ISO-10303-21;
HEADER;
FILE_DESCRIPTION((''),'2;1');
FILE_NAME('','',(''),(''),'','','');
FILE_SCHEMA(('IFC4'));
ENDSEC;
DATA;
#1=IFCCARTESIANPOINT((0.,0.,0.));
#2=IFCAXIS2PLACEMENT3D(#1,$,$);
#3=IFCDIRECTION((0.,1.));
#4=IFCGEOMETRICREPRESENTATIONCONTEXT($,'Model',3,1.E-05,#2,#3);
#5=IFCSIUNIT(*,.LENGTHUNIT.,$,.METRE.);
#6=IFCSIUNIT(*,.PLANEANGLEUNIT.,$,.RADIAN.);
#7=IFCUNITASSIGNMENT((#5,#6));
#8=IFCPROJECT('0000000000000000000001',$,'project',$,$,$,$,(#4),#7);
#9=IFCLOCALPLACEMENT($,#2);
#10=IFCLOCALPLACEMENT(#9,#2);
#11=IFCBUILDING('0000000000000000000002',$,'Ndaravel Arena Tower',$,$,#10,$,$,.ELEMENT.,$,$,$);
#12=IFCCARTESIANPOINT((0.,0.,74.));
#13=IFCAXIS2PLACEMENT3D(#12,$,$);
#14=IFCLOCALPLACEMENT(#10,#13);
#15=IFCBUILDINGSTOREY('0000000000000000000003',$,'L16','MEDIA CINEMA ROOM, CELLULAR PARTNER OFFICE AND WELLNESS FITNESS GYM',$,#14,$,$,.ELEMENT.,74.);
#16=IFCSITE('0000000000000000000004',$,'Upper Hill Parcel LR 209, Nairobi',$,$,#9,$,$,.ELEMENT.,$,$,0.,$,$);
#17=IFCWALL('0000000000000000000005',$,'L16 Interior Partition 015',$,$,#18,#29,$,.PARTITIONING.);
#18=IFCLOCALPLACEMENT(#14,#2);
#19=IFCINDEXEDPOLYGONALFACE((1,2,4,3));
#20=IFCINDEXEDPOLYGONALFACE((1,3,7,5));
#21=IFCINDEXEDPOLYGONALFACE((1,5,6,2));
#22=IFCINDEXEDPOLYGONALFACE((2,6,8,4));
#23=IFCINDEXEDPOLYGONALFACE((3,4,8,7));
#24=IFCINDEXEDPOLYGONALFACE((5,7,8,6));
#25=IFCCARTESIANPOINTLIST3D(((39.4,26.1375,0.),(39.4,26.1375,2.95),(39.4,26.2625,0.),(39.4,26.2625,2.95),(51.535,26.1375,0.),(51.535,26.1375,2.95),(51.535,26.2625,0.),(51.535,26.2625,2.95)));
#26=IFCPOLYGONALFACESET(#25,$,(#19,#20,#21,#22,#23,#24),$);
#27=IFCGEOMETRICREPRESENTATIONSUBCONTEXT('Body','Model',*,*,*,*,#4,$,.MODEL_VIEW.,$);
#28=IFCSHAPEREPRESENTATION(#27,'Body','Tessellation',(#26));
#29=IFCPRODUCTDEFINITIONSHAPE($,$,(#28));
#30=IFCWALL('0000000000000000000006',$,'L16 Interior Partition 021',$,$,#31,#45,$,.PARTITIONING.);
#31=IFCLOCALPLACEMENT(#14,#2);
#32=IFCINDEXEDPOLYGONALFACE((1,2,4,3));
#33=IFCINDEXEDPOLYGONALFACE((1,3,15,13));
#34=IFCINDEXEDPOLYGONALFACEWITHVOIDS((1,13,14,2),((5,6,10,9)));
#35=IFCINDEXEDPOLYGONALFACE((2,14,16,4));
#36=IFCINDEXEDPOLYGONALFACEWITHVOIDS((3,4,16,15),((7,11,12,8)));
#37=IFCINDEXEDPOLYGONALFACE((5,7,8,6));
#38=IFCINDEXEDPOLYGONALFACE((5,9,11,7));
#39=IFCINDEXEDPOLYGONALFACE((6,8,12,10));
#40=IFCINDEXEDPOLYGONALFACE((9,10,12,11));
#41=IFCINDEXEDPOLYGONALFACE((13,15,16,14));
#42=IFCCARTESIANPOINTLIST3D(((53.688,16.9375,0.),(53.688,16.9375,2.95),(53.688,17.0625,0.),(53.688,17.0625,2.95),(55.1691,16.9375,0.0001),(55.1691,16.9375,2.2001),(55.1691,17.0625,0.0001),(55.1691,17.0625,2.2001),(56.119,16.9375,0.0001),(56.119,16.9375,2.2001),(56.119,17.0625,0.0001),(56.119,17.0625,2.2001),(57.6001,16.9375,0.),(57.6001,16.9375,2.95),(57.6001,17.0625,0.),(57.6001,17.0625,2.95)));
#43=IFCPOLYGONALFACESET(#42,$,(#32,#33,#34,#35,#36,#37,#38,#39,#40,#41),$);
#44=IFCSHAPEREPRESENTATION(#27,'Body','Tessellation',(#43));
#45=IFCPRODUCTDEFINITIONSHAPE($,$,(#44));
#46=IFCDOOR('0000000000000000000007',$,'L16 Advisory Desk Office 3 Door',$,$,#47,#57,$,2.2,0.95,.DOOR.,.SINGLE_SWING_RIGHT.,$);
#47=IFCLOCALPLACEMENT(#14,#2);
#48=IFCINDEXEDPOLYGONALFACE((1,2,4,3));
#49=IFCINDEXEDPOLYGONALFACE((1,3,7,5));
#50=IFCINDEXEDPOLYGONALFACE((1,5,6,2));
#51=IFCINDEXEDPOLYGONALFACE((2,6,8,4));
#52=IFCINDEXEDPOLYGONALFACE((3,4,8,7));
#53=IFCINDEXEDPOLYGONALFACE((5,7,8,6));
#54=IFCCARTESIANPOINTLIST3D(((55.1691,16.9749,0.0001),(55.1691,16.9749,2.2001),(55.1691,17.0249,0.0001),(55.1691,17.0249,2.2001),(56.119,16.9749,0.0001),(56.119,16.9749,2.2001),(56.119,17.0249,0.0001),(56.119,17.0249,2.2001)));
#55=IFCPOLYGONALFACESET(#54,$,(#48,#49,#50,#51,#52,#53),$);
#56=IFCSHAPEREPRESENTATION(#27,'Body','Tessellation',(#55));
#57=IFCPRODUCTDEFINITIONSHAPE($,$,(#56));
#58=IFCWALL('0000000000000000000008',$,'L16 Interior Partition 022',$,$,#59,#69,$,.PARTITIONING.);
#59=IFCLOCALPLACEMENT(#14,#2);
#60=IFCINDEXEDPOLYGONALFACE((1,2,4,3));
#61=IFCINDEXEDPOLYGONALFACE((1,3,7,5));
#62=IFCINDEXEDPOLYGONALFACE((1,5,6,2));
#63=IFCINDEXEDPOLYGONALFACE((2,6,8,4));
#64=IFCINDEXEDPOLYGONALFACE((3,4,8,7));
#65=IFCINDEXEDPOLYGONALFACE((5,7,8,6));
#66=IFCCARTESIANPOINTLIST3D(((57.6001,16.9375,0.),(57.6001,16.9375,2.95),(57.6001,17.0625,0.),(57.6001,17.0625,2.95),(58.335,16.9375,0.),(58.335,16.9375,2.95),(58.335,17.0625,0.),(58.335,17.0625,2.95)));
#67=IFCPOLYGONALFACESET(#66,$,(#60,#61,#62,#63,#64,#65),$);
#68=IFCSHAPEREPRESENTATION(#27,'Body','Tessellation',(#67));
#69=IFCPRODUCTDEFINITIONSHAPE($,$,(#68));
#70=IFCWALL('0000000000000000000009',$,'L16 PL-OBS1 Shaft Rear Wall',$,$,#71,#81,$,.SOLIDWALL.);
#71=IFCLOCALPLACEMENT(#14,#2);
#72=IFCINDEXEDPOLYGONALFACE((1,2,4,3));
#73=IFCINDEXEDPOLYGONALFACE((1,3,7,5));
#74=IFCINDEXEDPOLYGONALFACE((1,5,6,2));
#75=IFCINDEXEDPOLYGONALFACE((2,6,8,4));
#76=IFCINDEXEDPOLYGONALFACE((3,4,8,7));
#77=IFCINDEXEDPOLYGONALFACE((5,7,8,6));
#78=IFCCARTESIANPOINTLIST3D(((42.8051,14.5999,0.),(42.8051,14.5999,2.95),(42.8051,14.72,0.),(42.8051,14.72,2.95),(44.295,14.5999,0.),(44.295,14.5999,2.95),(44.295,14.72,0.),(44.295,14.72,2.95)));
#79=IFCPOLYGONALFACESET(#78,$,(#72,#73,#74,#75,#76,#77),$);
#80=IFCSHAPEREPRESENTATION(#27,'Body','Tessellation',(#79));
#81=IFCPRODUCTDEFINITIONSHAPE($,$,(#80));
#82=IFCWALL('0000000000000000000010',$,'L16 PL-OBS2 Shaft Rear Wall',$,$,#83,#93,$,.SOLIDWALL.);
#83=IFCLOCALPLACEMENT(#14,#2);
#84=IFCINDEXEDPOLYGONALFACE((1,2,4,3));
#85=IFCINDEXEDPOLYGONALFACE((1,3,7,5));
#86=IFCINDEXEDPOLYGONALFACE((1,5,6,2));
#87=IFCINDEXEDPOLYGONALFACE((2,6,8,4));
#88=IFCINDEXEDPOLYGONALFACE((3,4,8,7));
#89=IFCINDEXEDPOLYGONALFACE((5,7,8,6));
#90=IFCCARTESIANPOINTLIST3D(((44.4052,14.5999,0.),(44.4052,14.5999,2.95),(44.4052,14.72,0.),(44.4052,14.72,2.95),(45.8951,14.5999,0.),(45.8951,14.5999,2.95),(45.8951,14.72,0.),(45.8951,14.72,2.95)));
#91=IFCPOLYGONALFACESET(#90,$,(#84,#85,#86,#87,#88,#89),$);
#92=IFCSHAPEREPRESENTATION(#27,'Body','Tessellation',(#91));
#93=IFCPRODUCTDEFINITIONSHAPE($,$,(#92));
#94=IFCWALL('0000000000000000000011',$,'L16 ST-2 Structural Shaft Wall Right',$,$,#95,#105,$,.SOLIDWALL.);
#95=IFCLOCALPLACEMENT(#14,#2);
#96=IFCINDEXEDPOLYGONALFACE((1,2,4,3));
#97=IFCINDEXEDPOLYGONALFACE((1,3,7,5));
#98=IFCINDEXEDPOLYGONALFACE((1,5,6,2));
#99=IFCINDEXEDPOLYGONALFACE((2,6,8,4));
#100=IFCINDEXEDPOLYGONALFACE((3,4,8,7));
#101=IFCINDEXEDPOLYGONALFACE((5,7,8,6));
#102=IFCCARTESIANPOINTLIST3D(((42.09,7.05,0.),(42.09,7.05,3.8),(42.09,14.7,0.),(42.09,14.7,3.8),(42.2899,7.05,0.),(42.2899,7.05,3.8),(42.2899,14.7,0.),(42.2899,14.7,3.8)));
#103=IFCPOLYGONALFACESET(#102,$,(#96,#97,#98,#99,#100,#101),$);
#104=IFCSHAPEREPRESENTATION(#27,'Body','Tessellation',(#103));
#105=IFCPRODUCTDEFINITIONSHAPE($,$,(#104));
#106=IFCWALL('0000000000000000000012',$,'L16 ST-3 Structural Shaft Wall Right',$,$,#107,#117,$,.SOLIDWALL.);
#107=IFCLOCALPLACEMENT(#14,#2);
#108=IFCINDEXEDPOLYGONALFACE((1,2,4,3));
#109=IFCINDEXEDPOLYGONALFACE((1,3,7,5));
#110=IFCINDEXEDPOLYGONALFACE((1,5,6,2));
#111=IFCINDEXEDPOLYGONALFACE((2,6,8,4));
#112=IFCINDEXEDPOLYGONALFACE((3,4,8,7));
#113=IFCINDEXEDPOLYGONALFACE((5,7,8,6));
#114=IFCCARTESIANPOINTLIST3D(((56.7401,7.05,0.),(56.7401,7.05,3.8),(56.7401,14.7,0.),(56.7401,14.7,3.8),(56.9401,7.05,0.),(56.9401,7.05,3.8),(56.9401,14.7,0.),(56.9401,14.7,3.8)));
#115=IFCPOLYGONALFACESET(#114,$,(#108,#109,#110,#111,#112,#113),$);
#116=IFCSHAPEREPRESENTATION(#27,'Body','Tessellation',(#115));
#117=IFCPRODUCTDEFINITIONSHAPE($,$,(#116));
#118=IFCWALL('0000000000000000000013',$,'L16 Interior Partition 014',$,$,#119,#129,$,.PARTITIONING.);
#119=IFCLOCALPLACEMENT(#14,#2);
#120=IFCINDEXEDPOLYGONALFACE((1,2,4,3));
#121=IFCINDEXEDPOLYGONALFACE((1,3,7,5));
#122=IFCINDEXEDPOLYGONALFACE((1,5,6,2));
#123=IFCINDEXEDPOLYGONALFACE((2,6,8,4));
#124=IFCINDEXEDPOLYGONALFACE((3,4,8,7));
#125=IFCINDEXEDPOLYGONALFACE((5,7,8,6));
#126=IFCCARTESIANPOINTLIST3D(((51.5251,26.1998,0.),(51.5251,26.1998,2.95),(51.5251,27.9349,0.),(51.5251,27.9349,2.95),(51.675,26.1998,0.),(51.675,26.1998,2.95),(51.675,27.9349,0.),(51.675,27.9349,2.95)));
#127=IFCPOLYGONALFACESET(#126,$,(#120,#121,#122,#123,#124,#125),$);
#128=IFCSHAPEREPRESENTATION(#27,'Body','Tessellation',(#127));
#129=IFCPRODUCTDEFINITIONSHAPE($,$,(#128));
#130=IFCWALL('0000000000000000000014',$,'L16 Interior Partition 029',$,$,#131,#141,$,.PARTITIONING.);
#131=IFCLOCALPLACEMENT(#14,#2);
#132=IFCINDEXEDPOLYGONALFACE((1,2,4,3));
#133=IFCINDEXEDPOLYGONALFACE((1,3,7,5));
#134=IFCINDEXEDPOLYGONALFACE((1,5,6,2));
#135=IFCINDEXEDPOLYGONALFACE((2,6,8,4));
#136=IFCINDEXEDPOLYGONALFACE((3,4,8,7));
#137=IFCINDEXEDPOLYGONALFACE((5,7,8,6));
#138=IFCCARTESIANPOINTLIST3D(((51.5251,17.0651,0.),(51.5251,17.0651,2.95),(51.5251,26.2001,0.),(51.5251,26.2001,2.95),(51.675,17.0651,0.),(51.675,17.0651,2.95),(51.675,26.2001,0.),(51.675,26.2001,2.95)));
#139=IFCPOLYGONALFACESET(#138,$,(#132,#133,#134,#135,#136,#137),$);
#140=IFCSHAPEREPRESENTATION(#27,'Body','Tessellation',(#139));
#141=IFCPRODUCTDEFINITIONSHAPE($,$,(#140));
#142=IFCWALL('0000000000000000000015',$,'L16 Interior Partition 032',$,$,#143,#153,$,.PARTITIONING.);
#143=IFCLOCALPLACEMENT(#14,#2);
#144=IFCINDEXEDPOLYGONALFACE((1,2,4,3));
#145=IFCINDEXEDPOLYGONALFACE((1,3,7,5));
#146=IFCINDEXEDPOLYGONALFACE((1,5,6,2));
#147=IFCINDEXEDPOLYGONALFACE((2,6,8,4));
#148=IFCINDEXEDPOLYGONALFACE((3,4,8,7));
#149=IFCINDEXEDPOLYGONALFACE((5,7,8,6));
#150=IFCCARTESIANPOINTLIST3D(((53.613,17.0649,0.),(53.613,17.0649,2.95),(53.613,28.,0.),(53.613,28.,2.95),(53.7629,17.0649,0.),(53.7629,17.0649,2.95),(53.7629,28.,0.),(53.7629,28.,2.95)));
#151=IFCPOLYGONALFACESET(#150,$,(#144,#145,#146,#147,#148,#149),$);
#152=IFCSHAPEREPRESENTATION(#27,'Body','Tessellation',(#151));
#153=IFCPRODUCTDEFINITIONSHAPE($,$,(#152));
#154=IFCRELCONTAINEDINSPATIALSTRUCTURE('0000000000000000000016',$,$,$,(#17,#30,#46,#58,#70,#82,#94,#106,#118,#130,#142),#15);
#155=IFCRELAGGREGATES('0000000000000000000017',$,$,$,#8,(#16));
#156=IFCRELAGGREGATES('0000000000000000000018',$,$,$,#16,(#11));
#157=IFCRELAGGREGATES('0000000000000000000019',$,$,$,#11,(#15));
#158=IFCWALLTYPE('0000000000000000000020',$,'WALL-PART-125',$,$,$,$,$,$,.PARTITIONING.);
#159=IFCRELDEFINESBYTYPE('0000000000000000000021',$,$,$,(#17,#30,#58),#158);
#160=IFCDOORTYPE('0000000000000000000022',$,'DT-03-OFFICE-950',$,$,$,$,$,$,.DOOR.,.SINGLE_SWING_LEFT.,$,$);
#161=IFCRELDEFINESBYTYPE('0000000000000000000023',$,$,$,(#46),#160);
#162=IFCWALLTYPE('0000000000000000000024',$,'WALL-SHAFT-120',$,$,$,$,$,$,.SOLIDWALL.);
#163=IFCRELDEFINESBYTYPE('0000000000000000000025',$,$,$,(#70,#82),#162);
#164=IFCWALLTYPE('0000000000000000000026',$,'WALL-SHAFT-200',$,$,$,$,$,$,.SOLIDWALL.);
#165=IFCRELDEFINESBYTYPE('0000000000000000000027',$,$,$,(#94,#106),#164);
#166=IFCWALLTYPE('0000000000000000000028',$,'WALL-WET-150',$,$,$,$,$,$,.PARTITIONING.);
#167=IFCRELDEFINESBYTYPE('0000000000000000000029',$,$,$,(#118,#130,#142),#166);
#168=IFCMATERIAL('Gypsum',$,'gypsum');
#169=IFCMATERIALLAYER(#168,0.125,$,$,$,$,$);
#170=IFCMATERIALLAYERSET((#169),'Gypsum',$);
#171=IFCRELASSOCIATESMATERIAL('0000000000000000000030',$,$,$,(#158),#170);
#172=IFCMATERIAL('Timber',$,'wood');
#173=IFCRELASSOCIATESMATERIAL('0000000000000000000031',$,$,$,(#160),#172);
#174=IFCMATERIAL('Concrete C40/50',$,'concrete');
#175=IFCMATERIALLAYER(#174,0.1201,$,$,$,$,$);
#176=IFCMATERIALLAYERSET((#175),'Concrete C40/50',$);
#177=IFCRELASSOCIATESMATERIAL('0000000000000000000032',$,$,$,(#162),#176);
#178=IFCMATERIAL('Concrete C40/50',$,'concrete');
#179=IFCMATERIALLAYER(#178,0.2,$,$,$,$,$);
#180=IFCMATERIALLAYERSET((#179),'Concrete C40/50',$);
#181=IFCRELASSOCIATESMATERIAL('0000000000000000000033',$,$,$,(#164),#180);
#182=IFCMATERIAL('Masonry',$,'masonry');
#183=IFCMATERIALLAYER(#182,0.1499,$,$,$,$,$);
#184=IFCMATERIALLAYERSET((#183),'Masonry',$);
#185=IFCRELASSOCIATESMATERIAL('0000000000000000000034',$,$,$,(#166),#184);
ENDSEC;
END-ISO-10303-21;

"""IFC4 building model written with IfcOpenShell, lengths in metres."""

from ifc_helpers import new_model, si_unit, direction, frame, frame_2d, origin, place, context, subcontext, project, spatial, rectangle, extrude, material, layer, layer_set, type_object, element, fill, save


model = new_model("IFC4")

# Units and contexts
model_context = context("Model", 3, precision=1e-05, world=origin(), true_north=direction((0.0, 1.0)))
body_context = subcontext(model_context, "Body", "Model", "MODEL_VIEW")
ifc_project = project(units=[si_unit("LENGTHUNIT", "METRE"), si_unit("PLANEANGLEUNIT", "RADIAN")], contexts=[model_context])

# Site, building, storey
site_placement = place(None, origin())
site = spatial("IfcSite", under=ifc_project, at=site_placement, Name="Upper Hill Parcel LR 209, Nairobi", CompositionType="ELEMENT", RefElevation=0.0)
building_placement = place(site_placement, origin())
building = spatial("IfcBuilding", under=site, at=building_placement, Name="Ndaravel Arena Tower", CompositionType="ELEMENT")
storey_placement = place(building_placement, frame((0.0, 0.0, 74.0)))
storey = spatial("IfcBuildingStorey", under=building, at=storey_placement, Name="L16", Description="MEDIA CINEMA ROOM, CELLULAR PARTNER OFFICE AND WELLNESS FITNESS GYM", CompositionType="ELEMENT", Elevation=74.0)

# Shared definitions
ifc_material_1 = material(Name="Gypsum", Category="gypsum")
ifc_layer_1 = layer(ifc_material_1, 0.125)
ifc_layer_set_1 = layer_set([ifc_layer_1], Name="Gypsum")
wall_type_1 = type_object("IfcWallType", Name="WALL-PART-125", PredefinedType="PARTITIONING", material=ifc_layer_set_1)

# Shared definitions
ifc_material_2 = material(Name="Timber", Category="wood")
door_type_1 = type_object("IfcDoorType", Name="DT-03-OFFICE-950", OperationType="SINGLE_SWING_LEFT", PredefinedType="DOOR", material=ifc_material_2)

# Wall
wall_1_placement = place(storey_placement, frame((51.5349, 26.2, 0.0), z_axis=(0.0, 0.0, 1.0), x_axis=(-1.0, 0.0, 0.0)))
element("IfcWall", 1, at=wall_1_placement, inside=storey, type_object=wall_type_1, Name="L16 Interior Partition 015", PredefinedType="PARTITIONING", context=body_context, shape_type="SweptSolid", body=[
    extrude(rectangle(XDim=12.135, YDim=0.125, at=frame_2d((6.0674, 0.0))), origin(), (0.0, 0.0, 1.0), 2.95),
])

# Wall, opening, door
wall_2_placement = place(storey_placement, frame((53.688, 17.0, 0.0), z_axis=(0.0, 0.0, 1.0), x_axis=(1.0, 0.0, 0.0)))
wall_2 = element("IfcWall", 2, at=wall_2_placement, inside=storey, type_object=wall_type_1, Name="L16 Interior Partition 021", PredefinedType="PARTITIONING", context=body_context, shape_type="SweptSolid", body=[
    extrude(rectangle(XDim=3.9121, YDim=0.125, at=frame_2d((1.9561, 0.0))), origin(), (0.0, 0.0, 1.0), 2.95),
])
opening_1_placement = place(wall_2_placement, frame((1.481, 0.0, 0.0)))
opening_1 = element("IfcOpeningElement", 3, at=opening_1_placement, cuts=wall_2, PredefinedType="OPENING", context=body_context, shape_type="SweptSolid", body=[
    extrude(rectangle(XDim=0.95, YDim=2.2, at=frame_2d((0.4751, 1.1001))), frame((0.0, 0.0625, 0.0), z_axis=(0.0, -1.0, 0.0), x_axis=(1.0, 0.0, 0.0)), (0.0, 0.0, 1.0), 0.125),
])
door_1_placement = place(opening_1_placement, origin())
door_1 = element("IfcDoor", 4, at=door_1_placement, inside=storey, type_object=door_type_1, Name="L16 Advisory Desk Office 3 Door", OperationType="SINGLE_SWING_RIGHT", OverallHeight=2.2, OverallWidth=0.95, PredefinedType="DOOR", context=body_context, shape_type="SweptSolid", body=[
    extrude(rectangle(XDim=0.95, YDim=2.2, at=frame_2d((0.4751, 1.1001))), frame((0.0, 0.0249, 0.0), z_axis=(0.0, -1.0, 0.0), x_axis=(1.0, 0.0, 0.0)), (0.0, 0.0, 1.0), 0.05),
])
fill(opening_1, door_1)

# Walls
wall_3_placement = place(storey_placement, frame((57.6001, 17.0, 0.0), z_axis=(0.0, 0.0, 1.0), x_axis=(1.0, 0.0, 0.0)))
element("IfcWall", 5, at=wall_3_placement, inside=storey, type_object=wall_type_1, Name="L16 Interior Partition 022", PredefinedType="PARTITIONING", context=body_context, shape_type="SweptSolid", body=[
    extrude(rectangle(XDim=0.7349, YDim=0.125, at=frame_2d((0.3674, 0.0))), origin(), (0.0, 0.0, 1.0), 2.95),
])
ifc_material_3 = material(Name="Concrete C40/50", Category="concrete")
ifc_layer_2 = layer(ifc_material_3, 0.1201)
ifc_layer_set_2 = layer_set([ifc_layer_2], Name="Concrete C40/50")
wall_type_2 = type_object("IfcWallType", Name="WALL-SHAFT-120", PredefinedType="SOLIDWALL", material=ifc_layer_set_2)
for number, where, z_axis, x_axis, name in (
    (6, (42.8049, 14.6599, 0.0), (0.0, 0.0, 1.0), (1.0, 0.0, 0.0), "L16 PL-OBS1 Shaft Rear Wall"),
    (7, (44.405, 14.6599, 0.0), (0.0, 0.0, 1.0), (1.0, 0.0, 0.0), "L16 PL-OBS2 Shaft Rear Wall"),
):
    element("IfcWall", number, at=place(storey_placement, frame(where, z_axis=z_axis, x_axis=x_axis)), inside=storey, type_object=wall_type_2, Name=name, PredefinedType="SOLIDWALL", context=body_context, shape_type="SweptSolid", body=[
        extrude(rectangle(XDim=1.49, YDim=0.1201, at=frame_2d((0.7451, 0.0))), origin(), (0.0, 0.0, 1.0), 2.95),
    ])
ifc_material_4 = material(Name="Concrete C40/50", Category="concrete")
ifc_layer_3 = layer(ifc_material_4, 0.2)
ifc_layer_set_3 = layer_set([ifc_layer_3], Name="Concrete C40/50")
wall_type_3 = type_object("IfcWallType", Name="WALL-SHAFT-200", PredefinedType="SOLIDWALL", material=ifc_layer_set_3)
for number, where, z_axis, x_axis, name in (
    (8, (42.1899, 14.7, 0.0), (0.0, 0.0, 1.0), (0.0, -1.0, 0.0), "L16 ST-2 Structural Shaft Wall Right"),
    (9, (56.8401, 14.7, 0.0), (0.0, 0.0, 1.0), (0.0, -1.0, 0.0), "L16 ST-3 Structural Shaft Wall Right"),
):
    element("IfcWall", number, at=place(storey_placement, frame(where, z_axis=z_axis, x_axis=x_axis)), inside=storey, type_object=wall_type_3, Name=name, PredefinedType="SOLIDWALL", context=body_context, shape_type="SweptSolid", body=[
        extrude(rectangle(XDim=7.6499, YDim=0.2, at=frame_2d((3.825, 0.0))), origin(), (0.0, 0.0, 1.0), 3.8),
    ])
ifc_material_5 = material(Name="Masonry", Category="masonry")
ifc_layer_4 = layer(ifc_material_5, 0.1499)
ifc_layer_set_4 = layer_set([ifc_layer_4], Name="Masonry")
wall_type_4 = type_object("IfcWallType", Name="WALL-WET-150", PredefinedType="PARTITIONING", material=ifc_layer_set_4)
wall_4_placement = place(storey_placement, frame((51.6001, 27.9351, 0.0), z_axis=(0.0, 0.0, 1.0), x_axis=(0.0, -1.0, 0.0)))
element("IfcWall", 10, at=wall_4_placement, inside=storey, type_object=wall_type_4, Name="L16 Interior Partition 014", PredefinedType="PARTITIONING", context=body_context, shape_type="SweptSolid", body=[
    extrude(rectangle(XDim=1.7351, YDim=0.1499, at=frame_2d((0.8677, 0.0))), origin(), (0.0, 0.0, 1.0), 2.95),
])

# Walls
wall_5_placement = place(storey_placement, frame((51.6001, 26.2, 0.0), z_axis=(0.0, 0.0, 1.0), x_axis=(0.0, -1.0, 0.0)))
element("IfcWall", 11, at=wall_5_placement, inside=storey, type_object=wall_type_4, Name="L16 Interior Partition 029", PredefinedType="PARTITIONING", context=body_context, shape_type="SweptSolid", body=[
    extrude(rectangle(XDim=9.135, YDim=0.1499, at=frame_2d((4.5674, 0.0))), origin(), (0.0, 0.0, 1.0), 2.95),
])
wall_6_placement = place(storey_placement, frame((53.688, 17.0649, 0.0), z_axis=(0.0, 0.0, 1.0), x_axis=(0.0, 1.0, 0.0)))
element("IfcWall", 12, at=wall_6_placement, inside=storey, type_object=wall_type_4, Name="L16 Interior Partition 032", PredefinedType="PARTITIONING", context=body_context, shape_type="SweptSolid", body=[
    extrude(rectangle(XDim=10.9351, YDim=0.1499, at=frame_2d((5.4675, 0.0))), origin(), (0.0, 0.0, 1.0), 2.95),
])

save(model, "model.ifc")
